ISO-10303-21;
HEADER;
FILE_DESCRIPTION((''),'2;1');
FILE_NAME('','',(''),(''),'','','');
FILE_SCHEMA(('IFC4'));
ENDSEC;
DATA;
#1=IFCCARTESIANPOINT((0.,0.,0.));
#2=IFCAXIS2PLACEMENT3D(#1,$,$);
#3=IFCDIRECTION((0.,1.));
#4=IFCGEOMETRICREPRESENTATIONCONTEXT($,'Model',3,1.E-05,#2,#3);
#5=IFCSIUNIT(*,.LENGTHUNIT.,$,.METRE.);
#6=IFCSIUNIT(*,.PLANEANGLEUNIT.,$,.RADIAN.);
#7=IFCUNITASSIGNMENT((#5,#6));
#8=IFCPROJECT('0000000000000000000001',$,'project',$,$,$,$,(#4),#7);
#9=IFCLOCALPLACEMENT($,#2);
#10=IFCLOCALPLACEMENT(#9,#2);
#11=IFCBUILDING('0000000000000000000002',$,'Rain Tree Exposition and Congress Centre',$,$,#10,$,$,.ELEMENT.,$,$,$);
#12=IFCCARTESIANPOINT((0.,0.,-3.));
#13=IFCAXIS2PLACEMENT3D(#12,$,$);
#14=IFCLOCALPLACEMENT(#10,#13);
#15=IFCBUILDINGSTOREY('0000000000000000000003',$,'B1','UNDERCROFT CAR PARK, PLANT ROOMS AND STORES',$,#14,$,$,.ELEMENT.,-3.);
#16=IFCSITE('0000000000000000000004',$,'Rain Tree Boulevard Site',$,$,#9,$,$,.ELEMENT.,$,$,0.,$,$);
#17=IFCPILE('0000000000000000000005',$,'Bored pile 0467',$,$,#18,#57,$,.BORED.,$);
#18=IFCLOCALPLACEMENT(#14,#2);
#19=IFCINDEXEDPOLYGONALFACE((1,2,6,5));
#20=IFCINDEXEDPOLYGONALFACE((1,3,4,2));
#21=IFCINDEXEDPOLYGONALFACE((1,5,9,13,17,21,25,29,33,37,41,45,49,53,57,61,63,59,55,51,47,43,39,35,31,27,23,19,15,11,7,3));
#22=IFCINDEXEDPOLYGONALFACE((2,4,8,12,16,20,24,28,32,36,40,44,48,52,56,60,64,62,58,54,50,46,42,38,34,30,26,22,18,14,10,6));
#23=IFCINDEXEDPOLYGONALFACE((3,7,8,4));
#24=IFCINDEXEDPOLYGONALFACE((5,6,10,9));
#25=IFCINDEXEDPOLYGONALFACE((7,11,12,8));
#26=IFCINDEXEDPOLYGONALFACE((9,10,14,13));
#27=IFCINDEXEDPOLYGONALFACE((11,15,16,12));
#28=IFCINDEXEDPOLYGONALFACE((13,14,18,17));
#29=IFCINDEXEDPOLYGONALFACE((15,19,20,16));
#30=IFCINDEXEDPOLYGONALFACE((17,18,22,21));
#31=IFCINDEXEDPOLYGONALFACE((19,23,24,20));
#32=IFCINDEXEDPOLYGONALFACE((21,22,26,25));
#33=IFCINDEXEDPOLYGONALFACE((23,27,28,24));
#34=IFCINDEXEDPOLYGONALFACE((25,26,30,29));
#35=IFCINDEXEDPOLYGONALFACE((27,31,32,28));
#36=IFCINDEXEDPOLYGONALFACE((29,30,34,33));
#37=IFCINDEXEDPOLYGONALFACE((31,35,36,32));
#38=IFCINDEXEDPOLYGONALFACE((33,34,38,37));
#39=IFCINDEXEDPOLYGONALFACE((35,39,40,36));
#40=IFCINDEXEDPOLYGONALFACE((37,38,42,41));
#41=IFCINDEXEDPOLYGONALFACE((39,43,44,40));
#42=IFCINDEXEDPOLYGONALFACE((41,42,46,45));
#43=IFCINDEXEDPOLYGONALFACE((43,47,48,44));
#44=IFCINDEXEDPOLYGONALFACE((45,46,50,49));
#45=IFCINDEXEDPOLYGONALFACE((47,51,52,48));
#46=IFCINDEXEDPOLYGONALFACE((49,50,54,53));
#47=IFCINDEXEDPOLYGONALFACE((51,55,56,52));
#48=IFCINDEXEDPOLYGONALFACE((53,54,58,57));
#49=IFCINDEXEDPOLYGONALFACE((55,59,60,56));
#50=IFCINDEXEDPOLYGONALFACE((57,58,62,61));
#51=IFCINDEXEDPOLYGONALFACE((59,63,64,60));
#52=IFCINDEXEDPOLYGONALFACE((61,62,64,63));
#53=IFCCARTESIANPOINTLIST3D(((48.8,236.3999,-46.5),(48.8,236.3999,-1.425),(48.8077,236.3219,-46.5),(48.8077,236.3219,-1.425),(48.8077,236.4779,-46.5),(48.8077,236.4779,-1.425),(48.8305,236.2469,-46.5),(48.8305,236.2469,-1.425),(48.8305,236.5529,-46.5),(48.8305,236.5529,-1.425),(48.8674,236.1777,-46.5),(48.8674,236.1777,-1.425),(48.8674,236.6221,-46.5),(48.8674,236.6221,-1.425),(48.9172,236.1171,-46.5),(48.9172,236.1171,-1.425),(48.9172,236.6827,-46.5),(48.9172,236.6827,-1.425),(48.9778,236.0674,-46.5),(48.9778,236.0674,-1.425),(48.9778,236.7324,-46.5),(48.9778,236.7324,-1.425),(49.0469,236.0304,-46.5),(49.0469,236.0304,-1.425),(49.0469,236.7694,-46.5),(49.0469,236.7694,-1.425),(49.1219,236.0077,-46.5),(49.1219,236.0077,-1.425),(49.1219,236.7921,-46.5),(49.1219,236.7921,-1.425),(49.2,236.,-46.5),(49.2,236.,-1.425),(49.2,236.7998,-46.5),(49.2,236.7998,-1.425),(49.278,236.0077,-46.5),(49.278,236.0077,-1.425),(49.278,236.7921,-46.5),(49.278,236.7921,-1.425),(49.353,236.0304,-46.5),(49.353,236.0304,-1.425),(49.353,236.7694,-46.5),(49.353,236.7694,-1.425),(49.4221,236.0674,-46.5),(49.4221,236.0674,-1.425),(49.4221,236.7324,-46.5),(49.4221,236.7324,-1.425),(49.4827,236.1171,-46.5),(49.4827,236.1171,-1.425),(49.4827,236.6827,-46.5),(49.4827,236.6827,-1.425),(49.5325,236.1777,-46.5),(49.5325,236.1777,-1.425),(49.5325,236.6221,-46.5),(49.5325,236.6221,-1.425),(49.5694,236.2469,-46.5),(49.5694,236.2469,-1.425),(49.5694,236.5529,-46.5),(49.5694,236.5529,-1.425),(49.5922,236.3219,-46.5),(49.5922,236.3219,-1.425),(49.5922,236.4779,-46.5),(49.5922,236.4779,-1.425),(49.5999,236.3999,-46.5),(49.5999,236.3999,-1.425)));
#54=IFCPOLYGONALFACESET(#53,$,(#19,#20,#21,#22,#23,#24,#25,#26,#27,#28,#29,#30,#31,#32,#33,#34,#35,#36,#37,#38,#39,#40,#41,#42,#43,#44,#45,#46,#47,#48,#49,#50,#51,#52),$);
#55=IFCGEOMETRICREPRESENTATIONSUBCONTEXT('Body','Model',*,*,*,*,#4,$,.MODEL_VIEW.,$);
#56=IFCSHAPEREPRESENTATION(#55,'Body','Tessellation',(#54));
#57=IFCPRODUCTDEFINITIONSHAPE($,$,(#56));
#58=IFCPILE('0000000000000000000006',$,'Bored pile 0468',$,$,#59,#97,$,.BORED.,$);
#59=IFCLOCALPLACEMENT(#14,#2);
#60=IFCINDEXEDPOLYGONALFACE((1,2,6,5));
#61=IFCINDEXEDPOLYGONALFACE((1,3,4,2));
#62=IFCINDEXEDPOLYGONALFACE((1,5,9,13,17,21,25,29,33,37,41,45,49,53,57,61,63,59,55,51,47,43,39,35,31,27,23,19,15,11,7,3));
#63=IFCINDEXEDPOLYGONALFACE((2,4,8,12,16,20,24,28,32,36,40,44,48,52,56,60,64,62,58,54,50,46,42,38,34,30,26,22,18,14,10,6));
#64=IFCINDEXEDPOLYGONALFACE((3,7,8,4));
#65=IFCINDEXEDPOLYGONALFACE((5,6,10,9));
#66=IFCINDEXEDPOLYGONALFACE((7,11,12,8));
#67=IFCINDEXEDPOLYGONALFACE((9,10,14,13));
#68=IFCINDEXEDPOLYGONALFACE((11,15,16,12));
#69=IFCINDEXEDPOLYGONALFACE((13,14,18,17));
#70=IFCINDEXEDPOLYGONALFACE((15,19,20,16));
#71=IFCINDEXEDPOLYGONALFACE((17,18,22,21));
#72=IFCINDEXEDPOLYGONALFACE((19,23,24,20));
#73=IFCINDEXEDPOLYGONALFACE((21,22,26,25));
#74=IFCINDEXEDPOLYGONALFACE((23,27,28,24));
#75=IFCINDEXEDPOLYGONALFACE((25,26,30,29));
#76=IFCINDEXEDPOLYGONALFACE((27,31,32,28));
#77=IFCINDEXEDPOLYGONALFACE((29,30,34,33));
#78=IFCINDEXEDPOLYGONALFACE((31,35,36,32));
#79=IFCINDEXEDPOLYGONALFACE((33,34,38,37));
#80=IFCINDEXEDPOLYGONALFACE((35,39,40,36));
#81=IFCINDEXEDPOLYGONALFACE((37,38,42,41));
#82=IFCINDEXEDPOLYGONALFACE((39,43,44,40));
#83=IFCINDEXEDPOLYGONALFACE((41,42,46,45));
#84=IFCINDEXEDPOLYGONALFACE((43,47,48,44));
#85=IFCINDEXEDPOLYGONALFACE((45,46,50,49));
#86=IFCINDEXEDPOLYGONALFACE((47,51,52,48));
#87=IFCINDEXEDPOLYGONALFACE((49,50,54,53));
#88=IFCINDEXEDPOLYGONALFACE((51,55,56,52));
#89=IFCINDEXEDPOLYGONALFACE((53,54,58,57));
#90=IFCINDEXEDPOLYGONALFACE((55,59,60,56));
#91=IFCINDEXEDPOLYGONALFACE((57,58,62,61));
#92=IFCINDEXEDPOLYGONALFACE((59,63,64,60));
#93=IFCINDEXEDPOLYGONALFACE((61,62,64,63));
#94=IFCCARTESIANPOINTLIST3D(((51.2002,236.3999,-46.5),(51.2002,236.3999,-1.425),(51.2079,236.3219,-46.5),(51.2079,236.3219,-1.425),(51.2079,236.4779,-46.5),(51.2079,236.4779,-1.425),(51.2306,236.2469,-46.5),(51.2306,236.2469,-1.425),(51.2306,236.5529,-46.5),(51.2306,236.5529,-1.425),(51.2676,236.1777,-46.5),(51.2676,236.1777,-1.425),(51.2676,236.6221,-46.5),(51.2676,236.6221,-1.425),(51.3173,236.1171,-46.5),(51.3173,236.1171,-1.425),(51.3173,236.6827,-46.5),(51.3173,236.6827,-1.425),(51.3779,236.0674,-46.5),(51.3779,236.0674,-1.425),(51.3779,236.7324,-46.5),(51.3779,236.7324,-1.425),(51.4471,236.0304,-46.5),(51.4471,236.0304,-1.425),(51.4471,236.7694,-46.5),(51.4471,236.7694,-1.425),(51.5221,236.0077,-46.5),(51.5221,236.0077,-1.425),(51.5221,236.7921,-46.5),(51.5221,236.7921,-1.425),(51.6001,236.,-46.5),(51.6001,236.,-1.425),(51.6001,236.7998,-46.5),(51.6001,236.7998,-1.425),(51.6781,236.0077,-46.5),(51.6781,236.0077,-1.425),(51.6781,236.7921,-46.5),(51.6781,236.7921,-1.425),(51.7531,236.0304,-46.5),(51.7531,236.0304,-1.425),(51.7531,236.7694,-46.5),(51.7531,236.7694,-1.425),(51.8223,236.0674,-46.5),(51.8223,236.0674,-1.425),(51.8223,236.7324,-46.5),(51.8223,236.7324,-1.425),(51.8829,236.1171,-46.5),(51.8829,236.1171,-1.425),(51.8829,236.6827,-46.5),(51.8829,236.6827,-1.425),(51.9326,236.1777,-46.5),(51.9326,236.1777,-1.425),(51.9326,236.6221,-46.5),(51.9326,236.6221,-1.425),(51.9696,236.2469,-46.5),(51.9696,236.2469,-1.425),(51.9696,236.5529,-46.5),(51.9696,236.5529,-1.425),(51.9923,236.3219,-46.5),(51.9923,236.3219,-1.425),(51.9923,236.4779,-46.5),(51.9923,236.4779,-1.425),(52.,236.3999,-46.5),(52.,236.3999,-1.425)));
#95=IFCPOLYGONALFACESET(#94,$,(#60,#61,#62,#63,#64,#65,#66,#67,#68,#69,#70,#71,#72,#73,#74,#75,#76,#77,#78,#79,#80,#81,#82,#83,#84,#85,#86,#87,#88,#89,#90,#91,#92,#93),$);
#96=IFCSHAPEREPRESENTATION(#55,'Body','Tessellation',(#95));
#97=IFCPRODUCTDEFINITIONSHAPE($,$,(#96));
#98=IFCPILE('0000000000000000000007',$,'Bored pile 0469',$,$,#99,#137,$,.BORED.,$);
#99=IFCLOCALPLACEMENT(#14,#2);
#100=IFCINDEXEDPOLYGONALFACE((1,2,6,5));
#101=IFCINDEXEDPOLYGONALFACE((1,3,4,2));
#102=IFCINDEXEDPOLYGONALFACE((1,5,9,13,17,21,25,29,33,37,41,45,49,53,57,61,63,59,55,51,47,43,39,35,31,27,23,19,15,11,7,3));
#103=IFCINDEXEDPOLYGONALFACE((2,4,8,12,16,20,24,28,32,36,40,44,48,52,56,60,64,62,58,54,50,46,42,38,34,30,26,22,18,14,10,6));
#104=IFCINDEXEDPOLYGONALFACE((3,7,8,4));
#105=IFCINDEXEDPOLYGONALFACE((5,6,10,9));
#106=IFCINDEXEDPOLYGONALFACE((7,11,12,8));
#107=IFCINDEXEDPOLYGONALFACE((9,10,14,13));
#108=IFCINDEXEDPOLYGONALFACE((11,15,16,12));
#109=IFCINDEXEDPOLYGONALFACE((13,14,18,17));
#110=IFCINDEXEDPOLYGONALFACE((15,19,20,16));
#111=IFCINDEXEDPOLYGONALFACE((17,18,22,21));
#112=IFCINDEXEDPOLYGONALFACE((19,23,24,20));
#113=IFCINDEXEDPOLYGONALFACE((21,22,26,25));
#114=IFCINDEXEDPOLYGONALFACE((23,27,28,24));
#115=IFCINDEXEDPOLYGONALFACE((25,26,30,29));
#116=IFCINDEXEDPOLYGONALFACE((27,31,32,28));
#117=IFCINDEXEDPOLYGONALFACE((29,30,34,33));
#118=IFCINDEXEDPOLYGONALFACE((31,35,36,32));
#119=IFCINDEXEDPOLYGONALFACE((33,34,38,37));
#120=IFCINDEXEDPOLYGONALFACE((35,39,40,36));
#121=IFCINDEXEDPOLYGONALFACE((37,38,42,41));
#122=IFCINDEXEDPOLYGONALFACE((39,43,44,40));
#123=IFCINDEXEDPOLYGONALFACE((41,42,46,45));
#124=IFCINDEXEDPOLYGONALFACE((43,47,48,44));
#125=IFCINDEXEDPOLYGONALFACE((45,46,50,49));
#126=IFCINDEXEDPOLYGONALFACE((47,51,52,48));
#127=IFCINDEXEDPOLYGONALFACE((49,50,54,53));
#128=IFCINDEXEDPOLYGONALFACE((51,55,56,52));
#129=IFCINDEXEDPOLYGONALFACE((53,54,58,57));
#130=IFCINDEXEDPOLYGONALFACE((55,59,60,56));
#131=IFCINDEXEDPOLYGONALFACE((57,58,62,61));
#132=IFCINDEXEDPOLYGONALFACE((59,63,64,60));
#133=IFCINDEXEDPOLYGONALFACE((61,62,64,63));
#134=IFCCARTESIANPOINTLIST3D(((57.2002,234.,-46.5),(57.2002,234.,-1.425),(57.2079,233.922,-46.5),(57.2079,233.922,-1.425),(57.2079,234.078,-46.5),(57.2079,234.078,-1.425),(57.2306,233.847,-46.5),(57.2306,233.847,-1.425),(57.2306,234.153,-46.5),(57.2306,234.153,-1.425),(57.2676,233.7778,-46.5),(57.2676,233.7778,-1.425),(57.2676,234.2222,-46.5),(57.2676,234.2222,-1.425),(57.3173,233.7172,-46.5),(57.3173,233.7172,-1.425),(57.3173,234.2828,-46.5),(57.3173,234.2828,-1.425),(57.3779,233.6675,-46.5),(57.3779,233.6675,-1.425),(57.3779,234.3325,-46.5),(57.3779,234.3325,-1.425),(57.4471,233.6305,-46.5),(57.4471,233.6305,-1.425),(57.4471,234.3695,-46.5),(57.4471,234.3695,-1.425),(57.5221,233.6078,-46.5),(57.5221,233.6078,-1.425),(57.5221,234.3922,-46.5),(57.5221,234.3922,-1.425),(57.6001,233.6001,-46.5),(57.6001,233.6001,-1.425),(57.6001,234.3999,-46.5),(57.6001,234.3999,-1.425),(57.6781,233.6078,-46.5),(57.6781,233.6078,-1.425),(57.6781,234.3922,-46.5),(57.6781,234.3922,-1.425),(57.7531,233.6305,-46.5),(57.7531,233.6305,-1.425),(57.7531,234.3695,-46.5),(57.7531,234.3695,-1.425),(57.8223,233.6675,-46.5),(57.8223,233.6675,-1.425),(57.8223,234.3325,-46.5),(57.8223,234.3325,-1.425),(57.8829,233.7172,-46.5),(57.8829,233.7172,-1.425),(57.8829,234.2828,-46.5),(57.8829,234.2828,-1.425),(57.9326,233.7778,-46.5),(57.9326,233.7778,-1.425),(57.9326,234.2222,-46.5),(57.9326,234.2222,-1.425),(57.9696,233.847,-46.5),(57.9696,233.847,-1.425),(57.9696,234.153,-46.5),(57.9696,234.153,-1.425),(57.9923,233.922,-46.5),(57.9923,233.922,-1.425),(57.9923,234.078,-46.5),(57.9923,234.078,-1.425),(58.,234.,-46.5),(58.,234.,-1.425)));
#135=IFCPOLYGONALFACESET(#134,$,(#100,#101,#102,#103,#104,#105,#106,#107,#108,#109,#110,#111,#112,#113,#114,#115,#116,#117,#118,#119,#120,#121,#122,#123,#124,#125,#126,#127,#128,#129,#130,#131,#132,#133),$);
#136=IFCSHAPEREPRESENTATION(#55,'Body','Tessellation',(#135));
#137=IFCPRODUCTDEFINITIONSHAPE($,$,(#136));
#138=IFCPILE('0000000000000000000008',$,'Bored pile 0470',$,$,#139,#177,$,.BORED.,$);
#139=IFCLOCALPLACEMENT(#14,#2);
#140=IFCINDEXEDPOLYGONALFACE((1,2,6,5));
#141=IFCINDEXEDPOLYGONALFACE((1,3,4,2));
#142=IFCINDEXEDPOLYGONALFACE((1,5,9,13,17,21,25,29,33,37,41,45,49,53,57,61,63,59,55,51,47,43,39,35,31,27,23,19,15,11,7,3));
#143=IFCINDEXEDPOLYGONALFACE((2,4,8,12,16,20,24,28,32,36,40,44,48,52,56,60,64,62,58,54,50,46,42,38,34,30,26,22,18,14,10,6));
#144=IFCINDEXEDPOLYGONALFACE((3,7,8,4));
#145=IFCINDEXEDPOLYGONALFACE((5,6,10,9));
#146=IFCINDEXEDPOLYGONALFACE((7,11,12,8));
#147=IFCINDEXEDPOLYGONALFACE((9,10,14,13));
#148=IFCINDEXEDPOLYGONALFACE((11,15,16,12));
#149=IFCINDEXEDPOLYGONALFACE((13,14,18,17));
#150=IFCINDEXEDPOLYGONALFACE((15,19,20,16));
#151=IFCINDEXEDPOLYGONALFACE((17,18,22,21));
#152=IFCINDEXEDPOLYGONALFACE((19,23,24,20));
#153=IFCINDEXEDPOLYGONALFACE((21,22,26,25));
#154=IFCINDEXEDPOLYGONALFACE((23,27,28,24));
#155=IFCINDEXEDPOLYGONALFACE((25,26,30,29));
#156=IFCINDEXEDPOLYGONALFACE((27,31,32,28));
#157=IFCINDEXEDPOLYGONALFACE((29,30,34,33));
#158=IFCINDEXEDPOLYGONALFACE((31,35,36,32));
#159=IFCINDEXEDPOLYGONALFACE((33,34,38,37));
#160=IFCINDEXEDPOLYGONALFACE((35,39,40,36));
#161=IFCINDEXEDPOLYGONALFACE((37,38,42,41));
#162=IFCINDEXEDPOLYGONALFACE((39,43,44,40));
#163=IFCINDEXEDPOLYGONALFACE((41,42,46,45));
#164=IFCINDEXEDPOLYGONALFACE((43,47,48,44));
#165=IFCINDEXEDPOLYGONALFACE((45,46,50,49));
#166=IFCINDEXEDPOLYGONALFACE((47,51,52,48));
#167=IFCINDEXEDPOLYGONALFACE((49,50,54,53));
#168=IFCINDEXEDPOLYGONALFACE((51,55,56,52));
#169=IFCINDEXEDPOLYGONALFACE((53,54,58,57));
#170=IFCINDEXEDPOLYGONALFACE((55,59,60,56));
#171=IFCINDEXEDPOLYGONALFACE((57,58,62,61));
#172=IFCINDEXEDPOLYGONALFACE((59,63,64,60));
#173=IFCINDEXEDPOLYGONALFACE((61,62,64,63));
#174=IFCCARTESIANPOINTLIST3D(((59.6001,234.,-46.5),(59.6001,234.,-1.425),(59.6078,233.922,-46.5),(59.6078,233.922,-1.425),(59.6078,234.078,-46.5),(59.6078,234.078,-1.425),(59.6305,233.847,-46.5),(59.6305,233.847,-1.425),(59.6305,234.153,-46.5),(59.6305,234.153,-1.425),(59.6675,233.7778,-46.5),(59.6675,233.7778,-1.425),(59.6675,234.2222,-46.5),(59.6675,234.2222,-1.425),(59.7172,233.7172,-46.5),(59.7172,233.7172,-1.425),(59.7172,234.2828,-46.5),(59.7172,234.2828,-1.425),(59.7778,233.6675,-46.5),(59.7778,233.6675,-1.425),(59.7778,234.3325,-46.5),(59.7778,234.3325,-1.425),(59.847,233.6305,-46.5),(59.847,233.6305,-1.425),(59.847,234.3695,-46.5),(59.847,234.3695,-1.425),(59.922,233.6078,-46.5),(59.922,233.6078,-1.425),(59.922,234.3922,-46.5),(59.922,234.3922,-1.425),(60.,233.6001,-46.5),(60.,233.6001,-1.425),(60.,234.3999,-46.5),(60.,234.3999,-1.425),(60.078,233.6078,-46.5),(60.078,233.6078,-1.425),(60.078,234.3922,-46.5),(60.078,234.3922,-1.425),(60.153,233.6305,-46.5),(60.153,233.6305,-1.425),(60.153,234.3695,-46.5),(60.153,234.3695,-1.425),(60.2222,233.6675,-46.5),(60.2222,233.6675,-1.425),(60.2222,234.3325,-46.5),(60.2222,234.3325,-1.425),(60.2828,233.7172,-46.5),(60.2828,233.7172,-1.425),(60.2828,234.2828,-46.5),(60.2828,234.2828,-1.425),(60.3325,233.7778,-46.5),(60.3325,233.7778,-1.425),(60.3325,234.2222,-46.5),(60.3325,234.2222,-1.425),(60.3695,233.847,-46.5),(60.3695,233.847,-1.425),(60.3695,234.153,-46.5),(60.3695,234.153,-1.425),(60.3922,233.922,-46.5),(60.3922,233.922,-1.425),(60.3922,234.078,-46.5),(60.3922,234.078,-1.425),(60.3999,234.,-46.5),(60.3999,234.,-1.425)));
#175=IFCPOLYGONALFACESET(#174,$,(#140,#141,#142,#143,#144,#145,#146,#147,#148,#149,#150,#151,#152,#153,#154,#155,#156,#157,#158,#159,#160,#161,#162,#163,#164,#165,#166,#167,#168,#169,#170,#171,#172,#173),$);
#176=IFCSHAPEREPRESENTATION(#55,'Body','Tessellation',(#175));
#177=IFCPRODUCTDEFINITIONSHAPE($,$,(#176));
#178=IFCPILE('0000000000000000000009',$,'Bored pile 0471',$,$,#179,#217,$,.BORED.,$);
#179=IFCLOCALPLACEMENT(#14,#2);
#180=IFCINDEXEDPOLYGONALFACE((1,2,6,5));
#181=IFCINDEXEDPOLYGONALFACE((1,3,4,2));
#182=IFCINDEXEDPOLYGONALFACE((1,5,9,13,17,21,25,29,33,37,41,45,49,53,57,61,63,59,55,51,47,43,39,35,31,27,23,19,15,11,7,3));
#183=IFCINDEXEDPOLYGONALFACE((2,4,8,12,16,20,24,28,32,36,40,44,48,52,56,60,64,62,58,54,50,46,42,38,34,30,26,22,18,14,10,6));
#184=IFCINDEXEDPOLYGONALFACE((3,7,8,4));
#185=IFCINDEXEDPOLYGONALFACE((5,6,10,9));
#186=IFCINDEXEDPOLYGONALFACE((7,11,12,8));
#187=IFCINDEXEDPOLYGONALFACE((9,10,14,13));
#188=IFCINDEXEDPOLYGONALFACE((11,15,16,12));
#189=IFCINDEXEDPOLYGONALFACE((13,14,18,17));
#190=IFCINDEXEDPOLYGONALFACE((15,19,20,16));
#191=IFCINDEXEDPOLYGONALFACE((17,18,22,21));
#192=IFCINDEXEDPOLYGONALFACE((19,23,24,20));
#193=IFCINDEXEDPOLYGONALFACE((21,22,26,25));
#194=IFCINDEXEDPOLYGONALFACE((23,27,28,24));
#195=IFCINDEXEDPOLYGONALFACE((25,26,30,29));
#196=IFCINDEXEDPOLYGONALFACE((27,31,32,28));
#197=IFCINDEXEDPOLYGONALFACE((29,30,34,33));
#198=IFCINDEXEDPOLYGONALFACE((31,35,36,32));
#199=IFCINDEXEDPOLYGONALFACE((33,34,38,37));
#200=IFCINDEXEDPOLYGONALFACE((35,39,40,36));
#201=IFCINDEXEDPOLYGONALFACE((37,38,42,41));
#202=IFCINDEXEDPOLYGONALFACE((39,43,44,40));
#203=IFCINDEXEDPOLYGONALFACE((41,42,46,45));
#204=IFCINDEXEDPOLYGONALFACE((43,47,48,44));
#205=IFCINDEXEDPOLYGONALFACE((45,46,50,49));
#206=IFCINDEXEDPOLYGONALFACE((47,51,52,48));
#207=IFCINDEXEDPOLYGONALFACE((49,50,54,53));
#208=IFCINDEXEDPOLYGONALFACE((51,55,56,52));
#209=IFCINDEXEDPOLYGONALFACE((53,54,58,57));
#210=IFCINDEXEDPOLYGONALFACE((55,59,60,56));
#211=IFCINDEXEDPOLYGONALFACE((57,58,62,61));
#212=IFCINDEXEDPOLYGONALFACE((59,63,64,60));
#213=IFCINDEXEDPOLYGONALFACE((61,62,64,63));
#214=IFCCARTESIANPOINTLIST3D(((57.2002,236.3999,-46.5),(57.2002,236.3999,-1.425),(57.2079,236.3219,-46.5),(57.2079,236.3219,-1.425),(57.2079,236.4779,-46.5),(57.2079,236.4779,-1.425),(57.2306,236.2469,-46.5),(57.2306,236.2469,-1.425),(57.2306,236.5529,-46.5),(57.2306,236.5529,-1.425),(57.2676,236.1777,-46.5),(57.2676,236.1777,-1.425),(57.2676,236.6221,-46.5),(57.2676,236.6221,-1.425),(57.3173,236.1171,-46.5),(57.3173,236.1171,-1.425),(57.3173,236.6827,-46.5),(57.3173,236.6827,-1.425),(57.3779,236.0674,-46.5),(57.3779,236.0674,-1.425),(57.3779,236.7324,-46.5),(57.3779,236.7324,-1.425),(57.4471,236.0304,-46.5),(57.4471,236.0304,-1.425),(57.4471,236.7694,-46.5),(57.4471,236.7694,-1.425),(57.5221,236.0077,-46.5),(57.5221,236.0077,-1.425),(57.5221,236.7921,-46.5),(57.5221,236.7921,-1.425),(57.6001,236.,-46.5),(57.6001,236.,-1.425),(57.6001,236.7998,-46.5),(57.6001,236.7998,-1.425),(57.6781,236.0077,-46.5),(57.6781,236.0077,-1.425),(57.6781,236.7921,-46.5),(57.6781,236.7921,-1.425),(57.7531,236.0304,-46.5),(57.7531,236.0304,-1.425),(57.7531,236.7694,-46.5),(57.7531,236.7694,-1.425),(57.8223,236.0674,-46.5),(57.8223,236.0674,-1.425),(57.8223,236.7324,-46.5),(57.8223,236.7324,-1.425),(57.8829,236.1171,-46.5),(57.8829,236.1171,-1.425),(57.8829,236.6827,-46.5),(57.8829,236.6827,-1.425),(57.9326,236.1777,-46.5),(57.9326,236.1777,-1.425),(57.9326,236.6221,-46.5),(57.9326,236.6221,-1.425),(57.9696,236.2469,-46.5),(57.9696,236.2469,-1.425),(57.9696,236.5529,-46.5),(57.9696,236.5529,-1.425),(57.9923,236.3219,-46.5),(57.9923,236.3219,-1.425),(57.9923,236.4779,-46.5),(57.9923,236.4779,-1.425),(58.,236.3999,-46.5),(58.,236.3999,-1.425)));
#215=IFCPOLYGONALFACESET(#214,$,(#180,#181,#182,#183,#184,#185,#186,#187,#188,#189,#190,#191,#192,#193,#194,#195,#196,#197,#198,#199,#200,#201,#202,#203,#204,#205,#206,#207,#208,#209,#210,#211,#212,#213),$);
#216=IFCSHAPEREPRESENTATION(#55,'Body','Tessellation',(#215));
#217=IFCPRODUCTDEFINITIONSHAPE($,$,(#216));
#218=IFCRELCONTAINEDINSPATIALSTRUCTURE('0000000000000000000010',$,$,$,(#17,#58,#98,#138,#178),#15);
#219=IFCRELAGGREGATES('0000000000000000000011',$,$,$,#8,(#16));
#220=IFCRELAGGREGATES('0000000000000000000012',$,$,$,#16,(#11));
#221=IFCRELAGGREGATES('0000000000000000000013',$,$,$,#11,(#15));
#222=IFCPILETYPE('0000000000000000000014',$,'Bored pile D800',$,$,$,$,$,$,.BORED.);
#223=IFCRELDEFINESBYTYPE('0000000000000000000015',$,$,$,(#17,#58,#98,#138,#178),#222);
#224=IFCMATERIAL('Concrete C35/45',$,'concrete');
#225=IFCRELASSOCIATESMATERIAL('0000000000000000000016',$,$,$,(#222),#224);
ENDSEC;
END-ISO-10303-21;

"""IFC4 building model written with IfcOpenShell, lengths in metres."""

from ifc_helpers import new_model, si_unit, direction, frame, origin, origin_2d, place, context, subcontext, project, spatial, circle, extrude, material, material_profile, profile_set, type_object, element, save


model = new_model("IFC4")

# Units and contexts
model_context = context("Model", 3, precision=1e-05, world=origin(), true_north=direction((0.0, 1.0)))
body_context = subcontext(model_context, "Body", "Model", "MODEL_VIEW")
ifc_project = project(units=[si_unit("LENGTHUNIT", "METRE"), si_unit("PLANEANGLEUNIT", "RADIAN")], contexts=[model_context])

# Site, building, storey
site_placement = place(None, origin())
site = spatial("IfcSite", under=ifc_project, at=site_placement, Name="Rain Tree Boulevard Site", CompositionType="ELEMENT", RefElevation=0.0)
building_placement = place(site_placement, origin())
building = spatial("IfcBuilding", under=site, at=building_placement, Name="Rain Tree Exposition and Congress Centre", CompositionType="ELEMENT")
storey_placement = place(building_placement, frame((0.0, 0.0, -3.0)))
storey = spatial("IfcBuildingStorey", under=building, at=storey_placement, Name="B1", Description="UNDERCROFT CAR PARK, PLANT ROOMS AND STORES", CompositionType="ELEMENT", Elevation=-3.0)

# Piles
ifc_material_1 = material(Name="Concrete C35/45", Category="concrete")
ifc_material_profile_1 = material_profile(ifc_material_1, circle(Radius=0.3999, at=origin_2d()), Name="D800")
ifc_profile_set_1 = profile_set([ifc_material_profile_1], Name="Concrete C35/45")
pile_type_1 = type_object("IfcPileType", Name="Bored pile D800", PredefinedType="BORED", material=ifc_profile_set_1)
for number, where, z_axis, x_axis, name in (
    (1, (49.2, 236.3999, -1.425), (0.0, 0.0, -1.0), (1.0, 0.0, 0.0), "Bored pile 0467"),
    (2, (51.6001, 236.3999, -1.425), (0.0, 0.0, -1.0), (1.0, 0.0, 0.0), "Bored pile 0468"),
    (3, (57.6001, 234.0, -1.425), (0.0, 0.0, -1.0), (1.0, 0.0, 0.0), "Bored pile 0469"),
    (4, (60.0, 234.0, -1.425), (0.0, 0.0, -1.0), (1.0, 0.0, 0.0), "Bored pile 0470"),
    (5, (57.6001, 236.3999, -1.425), (0.0, 0.0, -1.0), (1.0, 0.0, 0.0), "Bored pile 0471"),
):
    element("IfcPile", number, at=place(storey_placement, frame(where, z_axis=z_axis, x_axis=x_axis)), inside=storey, type_object=pile_type_1, Name=name, PredefinedType="BORED", context=body_context, shape_type="SweptSolid", body=[
        extrude(circle(Radius=0.3999, at=origin_2d()), origin(), (0.0, 0.0, 1.0), 45.075),
    ])

save(model, "model.ifc")
